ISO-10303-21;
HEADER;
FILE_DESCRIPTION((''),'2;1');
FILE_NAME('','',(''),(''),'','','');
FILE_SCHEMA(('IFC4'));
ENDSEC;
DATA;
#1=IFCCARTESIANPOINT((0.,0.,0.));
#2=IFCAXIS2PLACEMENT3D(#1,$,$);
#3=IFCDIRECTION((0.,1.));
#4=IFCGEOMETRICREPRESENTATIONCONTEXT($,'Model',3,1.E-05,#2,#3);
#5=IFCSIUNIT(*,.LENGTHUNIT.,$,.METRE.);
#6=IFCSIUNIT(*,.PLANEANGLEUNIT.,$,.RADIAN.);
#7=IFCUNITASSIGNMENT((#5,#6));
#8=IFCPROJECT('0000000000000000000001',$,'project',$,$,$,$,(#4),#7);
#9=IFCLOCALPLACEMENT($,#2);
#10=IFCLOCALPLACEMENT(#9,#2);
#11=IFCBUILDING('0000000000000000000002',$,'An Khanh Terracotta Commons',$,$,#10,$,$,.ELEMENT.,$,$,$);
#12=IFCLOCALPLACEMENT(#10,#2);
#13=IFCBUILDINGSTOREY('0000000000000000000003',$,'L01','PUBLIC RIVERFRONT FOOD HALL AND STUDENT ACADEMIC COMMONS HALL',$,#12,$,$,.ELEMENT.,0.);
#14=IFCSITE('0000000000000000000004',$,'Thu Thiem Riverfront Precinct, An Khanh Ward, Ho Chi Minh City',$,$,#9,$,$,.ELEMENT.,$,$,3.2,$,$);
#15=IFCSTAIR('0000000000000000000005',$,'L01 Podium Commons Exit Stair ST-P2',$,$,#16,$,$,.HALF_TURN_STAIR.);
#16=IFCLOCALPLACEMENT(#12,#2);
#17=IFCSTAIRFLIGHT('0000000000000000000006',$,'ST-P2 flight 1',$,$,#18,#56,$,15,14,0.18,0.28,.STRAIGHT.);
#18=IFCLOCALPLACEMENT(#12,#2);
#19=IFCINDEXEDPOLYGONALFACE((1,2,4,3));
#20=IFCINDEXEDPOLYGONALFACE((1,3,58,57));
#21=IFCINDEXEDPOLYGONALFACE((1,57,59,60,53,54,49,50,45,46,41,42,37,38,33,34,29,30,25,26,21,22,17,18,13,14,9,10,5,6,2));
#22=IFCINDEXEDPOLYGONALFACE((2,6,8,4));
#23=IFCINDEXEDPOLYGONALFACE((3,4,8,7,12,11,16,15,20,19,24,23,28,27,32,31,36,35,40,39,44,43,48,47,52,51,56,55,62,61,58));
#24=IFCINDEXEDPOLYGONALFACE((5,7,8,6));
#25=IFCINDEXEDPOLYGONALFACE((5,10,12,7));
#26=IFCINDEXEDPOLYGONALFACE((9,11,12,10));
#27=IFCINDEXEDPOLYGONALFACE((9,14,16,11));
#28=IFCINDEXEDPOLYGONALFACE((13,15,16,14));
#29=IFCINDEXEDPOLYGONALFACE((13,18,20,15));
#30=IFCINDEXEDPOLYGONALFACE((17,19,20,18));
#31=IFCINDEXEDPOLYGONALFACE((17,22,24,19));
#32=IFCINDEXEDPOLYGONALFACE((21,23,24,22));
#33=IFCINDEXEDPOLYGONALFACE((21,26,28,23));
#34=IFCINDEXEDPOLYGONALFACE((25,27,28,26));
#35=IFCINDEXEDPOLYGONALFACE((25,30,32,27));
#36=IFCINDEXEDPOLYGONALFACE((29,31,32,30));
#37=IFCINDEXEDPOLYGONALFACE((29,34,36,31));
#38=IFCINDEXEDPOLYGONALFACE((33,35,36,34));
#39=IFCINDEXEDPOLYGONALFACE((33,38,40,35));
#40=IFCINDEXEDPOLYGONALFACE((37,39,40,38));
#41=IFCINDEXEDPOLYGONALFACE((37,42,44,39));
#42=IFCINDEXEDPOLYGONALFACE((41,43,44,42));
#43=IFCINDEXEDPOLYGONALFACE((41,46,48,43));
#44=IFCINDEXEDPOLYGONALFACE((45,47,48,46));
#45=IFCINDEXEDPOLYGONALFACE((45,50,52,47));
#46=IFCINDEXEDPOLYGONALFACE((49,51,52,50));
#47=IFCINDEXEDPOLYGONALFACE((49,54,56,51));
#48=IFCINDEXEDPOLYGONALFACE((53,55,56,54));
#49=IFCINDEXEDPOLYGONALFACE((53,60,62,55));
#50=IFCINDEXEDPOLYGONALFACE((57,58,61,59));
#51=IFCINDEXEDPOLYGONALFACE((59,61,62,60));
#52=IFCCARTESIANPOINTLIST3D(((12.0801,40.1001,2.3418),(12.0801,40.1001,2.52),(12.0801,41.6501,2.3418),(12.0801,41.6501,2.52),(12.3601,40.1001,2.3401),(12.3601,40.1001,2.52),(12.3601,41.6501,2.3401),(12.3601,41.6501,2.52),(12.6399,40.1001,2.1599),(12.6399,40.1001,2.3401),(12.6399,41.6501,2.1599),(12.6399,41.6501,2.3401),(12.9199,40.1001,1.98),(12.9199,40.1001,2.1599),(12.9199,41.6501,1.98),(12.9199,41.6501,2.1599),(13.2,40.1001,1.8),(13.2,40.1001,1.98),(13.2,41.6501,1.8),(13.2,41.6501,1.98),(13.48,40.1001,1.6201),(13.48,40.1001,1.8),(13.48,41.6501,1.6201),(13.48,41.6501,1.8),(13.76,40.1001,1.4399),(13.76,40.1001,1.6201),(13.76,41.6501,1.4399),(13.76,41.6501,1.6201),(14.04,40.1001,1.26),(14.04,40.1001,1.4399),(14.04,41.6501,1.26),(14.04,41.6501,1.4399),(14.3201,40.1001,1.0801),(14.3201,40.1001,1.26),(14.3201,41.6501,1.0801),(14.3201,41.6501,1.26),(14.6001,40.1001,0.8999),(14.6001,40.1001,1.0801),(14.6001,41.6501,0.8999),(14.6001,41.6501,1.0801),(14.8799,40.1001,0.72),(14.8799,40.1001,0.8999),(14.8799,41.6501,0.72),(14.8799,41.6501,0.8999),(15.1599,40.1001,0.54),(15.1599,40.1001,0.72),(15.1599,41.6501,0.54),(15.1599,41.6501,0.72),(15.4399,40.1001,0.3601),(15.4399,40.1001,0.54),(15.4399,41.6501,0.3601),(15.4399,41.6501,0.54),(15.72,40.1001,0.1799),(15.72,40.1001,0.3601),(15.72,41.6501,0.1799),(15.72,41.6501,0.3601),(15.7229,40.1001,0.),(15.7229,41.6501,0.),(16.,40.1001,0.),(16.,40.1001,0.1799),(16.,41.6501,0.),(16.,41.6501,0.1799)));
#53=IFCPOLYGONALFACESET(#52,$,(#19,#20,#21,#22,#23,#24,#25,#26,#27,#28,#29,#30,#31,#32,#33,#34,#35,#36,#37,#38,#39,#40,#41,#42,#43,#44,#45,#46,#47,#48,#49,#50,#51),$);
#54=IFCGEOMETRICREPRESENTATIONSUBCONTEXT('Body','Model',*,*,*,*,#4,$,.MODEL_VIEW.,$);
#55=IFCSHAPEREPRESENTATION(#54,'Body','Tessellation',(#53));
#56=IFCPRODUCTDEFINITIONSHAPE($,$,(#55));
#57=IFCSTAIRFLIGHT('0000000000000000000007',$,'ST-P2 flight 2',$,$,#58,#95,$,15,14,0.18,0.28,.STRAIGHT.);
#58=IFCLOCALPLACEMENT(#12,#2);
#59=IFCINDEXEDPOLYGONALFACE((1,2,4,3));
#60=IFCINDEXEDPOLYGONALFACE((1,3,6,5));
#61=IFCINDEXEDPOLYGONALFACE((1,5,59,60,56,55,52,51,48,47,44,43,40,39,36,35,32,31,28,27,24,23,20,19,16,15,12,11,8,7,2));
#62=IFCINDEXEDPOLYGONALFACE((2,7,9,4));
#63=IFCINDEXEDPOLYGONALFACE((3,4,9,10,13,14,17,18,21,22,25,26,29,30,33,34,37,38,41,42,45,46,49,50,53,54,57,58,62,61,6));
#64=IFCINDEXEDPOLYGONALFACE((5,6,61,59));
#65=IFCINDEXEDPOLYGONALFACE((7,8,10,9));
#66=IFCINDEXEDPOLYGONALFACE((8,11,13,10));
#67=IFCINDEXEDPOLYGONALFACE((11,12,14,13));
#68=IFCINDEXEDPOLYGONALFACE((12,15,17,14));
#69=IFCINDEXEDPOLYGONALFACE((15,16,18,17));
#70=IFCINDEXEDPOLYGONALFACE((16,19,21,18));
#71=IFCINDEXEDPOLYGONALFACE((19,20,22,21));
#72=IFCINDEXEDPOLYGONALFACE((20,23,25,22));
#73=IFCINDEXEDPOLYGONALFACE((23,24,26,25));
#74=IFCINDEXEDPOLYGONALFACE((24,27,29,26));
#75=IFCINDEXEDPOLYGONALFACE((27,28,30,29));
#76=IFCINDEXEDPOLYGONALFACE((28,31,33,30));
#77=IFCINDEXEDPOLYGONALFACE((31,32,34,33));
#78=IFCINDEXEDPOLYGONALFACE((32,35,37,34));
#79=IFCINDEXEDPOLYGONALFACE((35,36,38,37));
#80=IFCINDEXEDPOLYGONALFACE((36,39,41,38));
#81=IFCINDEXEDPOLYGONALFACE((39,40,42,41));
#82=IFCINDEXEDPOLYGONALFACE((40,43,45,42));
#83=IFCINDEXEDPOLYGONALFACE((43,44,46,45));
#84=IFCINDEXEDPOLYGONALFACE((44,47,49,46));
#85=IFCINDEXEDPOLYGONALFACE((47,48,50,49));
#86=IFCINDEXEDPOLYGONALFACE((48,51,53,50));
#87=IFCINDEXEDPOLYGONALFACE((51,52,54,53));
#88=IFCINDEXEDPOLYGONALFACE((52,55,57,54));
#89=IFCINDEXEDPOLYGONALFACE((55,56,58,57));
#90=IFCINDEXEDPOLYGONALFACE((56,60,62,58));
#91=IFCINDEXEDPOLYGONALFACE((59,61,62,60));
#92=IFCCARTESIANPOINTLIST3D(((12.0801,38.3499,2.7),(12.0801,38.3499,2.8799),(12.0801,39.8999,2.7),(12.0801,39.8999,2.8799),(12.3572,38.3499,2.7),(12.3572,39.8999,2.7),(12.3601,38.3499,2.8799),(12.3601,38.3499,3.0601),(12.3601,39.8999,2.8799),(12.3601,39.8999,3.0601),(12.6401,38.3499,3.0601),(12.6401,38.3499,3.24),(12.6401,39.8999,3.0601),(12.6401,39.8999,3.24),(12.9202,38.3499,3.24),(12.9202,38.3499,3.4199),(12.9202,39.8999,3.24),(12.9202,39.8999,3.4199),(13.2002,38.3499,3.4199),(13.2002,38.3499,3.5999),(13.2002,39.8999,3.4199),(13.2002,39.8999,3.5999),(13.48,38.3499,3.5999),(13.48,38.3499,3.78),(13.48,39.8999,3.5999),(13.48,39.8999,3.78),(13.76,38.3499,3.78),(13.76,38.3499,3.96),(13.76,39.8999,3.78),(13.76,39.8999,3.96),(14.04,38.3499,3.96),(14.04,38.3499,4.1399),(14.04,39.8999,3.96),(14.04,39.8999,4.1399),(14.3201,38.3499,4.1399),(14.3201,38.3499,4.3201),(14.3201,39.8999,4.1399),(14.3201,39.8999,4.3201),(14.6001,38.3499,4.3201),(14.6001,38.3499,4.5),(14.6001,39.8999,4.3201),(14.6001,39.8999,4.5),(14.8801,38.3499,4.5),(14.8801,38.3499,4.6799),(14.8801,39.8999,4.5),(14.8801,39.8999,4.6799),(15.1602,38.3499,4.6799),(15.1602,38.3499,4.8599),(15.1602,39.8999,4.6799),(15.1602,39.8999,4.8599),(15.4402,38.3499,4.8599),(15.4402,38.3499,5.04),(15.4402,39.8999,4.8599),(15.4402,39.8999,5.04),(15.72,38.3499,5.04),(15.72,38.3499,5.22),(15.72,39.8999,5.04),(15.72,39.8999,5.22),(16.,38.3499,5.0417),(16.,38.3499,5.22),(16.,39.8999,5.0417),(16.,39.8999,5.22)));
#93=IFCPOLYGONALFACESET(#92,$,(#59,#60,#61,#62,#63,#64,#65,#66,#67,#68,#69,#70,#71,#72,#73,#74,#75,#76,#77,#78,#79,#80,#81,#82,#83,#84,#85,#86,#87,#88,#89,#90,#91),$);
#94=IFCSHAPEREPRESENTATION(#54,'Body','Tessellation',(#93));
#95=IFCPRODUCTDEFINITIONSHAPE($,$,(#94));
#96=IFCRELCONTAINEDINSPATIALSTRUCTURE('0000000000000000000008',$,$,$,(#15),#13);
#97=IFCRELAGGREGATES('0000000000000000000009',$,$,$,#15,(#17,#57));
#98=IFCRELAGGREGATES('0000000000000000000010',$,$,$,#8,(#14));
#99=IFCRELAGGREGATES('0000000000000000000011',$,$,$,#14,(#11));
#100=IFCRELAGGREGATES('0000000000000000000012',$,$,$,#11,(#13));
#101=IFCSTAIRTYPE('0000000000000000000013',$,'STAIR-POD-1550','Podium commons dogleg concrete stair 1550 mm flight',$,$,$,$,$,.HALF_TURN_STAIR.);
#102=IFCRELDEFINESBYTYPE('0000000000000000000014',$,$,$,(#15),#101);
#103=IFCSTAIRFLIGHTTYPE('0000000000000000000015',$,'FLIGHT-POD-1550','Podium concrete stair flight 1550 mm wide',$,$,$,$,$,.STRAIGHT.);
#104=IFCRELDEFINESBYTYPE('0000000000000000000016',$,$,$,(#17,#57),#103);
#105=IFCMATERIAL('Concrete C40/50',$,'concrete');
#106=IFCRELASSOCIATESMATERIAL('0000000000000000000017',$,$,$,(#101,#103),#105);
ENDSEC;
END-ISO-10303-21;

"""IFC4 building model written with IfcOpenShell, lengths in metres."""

from ifc_helpers import new_model, si_unit, direction, frame, origin, place, context, subcontext, project, spatial, polyline, outline, extrude, material, type_object, element, aggregate, save


model = new_model("IFC4")

# Units and contexts
model_context = context("Model", 3, precision=1e-05, world=origin(), true_north=direction((0.0, 1.0)))
body_context = subcontext(model_context, "Body", "Model", "MODEL_VIEW")
ifc_project = project(units=[si_unit("LENGTHUNIT", "METRE"), si_unit("PLANEANGLEUNIT", "RADIAN")], contexts=[model_context])

# Site, building, storey
site_placement = place(None, origin())
site = spatial("IfcSite", under=ifc_project, at=site_placement, Name="Thu Thiem Riverfront Precinct, An Khanh Ward, Ho Chi Minh City", CompositionType="ELEMENT", RefElevation=3.2)
building_placement = place(site_placement, origin())
building = spatial("IfcBuilding", under=site, at=building_placement, Name="An Khanh Terracotta Commons", CompositionType="ELEMENT")
storey_placement = place(building_placement, origin())
storey = spatial("IfcBuildingStorey", under=building, at=storey_placement, Name="L01", Description="PUBLIC RIVERFRONT FOOD HALL AND STUDENT ACADEMIC COMMONS HALL", CompositionType="ELEMENT", Elevation=0.0)

# Shared definitions
ifc_material_1 = material(Name="Concrete C40/50", Category="concrete")

# Stair, stair flights
stair_type = type_object("IfcStairType", Name="STAIR-POD-1550", Description="Podium commons dogleg concrete stair 1550 mm flight", PredefinedType="HALF_TURN_STAIR", material=ifc_material_1)
stair_placement = place(storey_placement, origin())
stair = element("IfcStair", 1, at=stair_placement, inside=storey, type_object=stair_type, Name="L01 Podium Commons Exit Stair ST-P2", PredefinedType="HALF_TURN_STAIR")
stair_flight_type = type_object("IfcStairFlightType", Name="FLIGHT-POD-1550", Description="Podium concrete stair flight 1550 mm wide", PredefinedType="STRAIGHT", material=ifc_material_1)
stair_flight_1_placement = place(storey_placement, frame((16.0, 40.875, 0.0), z_axis=(0.0, 0.0, 1.0), x_axis=(-1.0, 0.0, 0.0)))
stair_flight_1 = element("IfcStairFlight", 2, at=stair_flight_1_placement, type_object=stair_flight_type, Name="ST-P2 flight 1", NumberOfRisers=15, NumberOfTreads=14, PredefinedType="STRAIGHT", RiserHeight=0.18, TreadLength=0.28, context=body_context, shape_type="SweptSolid", body=[
    extrude(outline(polyline([(0.0, 0.0), (0.0, 0.1799), (0.28, 0.1799), (0.28, 0.3601), (0.5601, 0.3601), (0.5601, 0.54), (0.8401, 0.54), (0.8401, 0.72), (1.1201, 0.72), (1.1201, 0.8999), (1.3999, 0.8999), (1.3999, 1.0801), (1.6799, 1.0801), (1.6799, 1.26), (1.96, 1.26), (1.96, 1.4399), (2.24, 1.4399), (2.24, 1.6201), (2.52, 1.6201), (2.52, 1.8), (2.8, 1.8), (2.8, 1.98), (3.0801, 1.98), (3.0801, 2.1599), (3.3601, 2.1599), (3.3601, 2.3401), (3.6399, 2.3401), (3.6399, 2.52), (3.9199, 2.52), (3.9199, 2.7), (3.9199, 2.3418), (0.2771, 0.0), (0.0, 0.0)])), frame((0.0, 0.7749, 0.0), z_axis=(0.0, -1.0, 0.0), x_axis=(1.0, 0.0, 0.0)), (0.0, 0.0, 1.0), 1.55),
])
stair_flight_2_placement = place(storey_placement, frame((12.0801, 39.125, 2.7), z_axis=(0.0, 0.0, 1.0), x_axis=(1.0, 0.0, 0.0)))
stair_flight_2 = element("IfcStairFlight", 3, at=stair_flight_2_placement, type_object=stair_flight_type, Name="ST-P2 flight 2", NumberOfRisers=15, NumberOfTreads=14, PredefinedType="STRAIGHT", RiserHeight=0.18, TreadLength=0.28, context=body_context, shape_type="SweptSolid", body=[
    extrude(outline(polyline([(0.0, 0.0), (0.0, 0.1799), (0.28, 0.1799), (0.28, 0.3601), (0.5601, 0.3601), (0.5601, 0.54), (0.8401, 0.54), (0.8401, 0.72), (1.1201, 0.72), (1.1201, 0.8999), (1.3999, 0.8999), (1.3999, 1.0801), (1.6799, 1.0801), (1.6799, 1.26), (1.96, 1.26), (1.96, 1.4399), (2.24, 1.4399), (2.24, 1.6201), (2.52, 1.6201), (2.52, 1.8), (2.8, 1.8), (2.8, 1.98), (3.0801, 1.98), (3.0801, 2.1599), (3.3601, 2.1599), (3.3601, 2.3401), (3.6399, 2.3401), (3.6399, 2.52), (3.9199, 2.52), (3.9199, 2.7), (3.9199, 2.3418), (0.2771, 0.0), (0.0, 0.0)])), frame((0.0, 0.7749, 0.0), z_axis=(0.0, -1.0, 0.0), x_axis=(1.0, 0.0, 0.0)), (0.0, 0.0, 1.0), 1.55),
])
aggregate(stair, [stair_flight_1, stair_flight_2])

save(model, "model.ifc")
